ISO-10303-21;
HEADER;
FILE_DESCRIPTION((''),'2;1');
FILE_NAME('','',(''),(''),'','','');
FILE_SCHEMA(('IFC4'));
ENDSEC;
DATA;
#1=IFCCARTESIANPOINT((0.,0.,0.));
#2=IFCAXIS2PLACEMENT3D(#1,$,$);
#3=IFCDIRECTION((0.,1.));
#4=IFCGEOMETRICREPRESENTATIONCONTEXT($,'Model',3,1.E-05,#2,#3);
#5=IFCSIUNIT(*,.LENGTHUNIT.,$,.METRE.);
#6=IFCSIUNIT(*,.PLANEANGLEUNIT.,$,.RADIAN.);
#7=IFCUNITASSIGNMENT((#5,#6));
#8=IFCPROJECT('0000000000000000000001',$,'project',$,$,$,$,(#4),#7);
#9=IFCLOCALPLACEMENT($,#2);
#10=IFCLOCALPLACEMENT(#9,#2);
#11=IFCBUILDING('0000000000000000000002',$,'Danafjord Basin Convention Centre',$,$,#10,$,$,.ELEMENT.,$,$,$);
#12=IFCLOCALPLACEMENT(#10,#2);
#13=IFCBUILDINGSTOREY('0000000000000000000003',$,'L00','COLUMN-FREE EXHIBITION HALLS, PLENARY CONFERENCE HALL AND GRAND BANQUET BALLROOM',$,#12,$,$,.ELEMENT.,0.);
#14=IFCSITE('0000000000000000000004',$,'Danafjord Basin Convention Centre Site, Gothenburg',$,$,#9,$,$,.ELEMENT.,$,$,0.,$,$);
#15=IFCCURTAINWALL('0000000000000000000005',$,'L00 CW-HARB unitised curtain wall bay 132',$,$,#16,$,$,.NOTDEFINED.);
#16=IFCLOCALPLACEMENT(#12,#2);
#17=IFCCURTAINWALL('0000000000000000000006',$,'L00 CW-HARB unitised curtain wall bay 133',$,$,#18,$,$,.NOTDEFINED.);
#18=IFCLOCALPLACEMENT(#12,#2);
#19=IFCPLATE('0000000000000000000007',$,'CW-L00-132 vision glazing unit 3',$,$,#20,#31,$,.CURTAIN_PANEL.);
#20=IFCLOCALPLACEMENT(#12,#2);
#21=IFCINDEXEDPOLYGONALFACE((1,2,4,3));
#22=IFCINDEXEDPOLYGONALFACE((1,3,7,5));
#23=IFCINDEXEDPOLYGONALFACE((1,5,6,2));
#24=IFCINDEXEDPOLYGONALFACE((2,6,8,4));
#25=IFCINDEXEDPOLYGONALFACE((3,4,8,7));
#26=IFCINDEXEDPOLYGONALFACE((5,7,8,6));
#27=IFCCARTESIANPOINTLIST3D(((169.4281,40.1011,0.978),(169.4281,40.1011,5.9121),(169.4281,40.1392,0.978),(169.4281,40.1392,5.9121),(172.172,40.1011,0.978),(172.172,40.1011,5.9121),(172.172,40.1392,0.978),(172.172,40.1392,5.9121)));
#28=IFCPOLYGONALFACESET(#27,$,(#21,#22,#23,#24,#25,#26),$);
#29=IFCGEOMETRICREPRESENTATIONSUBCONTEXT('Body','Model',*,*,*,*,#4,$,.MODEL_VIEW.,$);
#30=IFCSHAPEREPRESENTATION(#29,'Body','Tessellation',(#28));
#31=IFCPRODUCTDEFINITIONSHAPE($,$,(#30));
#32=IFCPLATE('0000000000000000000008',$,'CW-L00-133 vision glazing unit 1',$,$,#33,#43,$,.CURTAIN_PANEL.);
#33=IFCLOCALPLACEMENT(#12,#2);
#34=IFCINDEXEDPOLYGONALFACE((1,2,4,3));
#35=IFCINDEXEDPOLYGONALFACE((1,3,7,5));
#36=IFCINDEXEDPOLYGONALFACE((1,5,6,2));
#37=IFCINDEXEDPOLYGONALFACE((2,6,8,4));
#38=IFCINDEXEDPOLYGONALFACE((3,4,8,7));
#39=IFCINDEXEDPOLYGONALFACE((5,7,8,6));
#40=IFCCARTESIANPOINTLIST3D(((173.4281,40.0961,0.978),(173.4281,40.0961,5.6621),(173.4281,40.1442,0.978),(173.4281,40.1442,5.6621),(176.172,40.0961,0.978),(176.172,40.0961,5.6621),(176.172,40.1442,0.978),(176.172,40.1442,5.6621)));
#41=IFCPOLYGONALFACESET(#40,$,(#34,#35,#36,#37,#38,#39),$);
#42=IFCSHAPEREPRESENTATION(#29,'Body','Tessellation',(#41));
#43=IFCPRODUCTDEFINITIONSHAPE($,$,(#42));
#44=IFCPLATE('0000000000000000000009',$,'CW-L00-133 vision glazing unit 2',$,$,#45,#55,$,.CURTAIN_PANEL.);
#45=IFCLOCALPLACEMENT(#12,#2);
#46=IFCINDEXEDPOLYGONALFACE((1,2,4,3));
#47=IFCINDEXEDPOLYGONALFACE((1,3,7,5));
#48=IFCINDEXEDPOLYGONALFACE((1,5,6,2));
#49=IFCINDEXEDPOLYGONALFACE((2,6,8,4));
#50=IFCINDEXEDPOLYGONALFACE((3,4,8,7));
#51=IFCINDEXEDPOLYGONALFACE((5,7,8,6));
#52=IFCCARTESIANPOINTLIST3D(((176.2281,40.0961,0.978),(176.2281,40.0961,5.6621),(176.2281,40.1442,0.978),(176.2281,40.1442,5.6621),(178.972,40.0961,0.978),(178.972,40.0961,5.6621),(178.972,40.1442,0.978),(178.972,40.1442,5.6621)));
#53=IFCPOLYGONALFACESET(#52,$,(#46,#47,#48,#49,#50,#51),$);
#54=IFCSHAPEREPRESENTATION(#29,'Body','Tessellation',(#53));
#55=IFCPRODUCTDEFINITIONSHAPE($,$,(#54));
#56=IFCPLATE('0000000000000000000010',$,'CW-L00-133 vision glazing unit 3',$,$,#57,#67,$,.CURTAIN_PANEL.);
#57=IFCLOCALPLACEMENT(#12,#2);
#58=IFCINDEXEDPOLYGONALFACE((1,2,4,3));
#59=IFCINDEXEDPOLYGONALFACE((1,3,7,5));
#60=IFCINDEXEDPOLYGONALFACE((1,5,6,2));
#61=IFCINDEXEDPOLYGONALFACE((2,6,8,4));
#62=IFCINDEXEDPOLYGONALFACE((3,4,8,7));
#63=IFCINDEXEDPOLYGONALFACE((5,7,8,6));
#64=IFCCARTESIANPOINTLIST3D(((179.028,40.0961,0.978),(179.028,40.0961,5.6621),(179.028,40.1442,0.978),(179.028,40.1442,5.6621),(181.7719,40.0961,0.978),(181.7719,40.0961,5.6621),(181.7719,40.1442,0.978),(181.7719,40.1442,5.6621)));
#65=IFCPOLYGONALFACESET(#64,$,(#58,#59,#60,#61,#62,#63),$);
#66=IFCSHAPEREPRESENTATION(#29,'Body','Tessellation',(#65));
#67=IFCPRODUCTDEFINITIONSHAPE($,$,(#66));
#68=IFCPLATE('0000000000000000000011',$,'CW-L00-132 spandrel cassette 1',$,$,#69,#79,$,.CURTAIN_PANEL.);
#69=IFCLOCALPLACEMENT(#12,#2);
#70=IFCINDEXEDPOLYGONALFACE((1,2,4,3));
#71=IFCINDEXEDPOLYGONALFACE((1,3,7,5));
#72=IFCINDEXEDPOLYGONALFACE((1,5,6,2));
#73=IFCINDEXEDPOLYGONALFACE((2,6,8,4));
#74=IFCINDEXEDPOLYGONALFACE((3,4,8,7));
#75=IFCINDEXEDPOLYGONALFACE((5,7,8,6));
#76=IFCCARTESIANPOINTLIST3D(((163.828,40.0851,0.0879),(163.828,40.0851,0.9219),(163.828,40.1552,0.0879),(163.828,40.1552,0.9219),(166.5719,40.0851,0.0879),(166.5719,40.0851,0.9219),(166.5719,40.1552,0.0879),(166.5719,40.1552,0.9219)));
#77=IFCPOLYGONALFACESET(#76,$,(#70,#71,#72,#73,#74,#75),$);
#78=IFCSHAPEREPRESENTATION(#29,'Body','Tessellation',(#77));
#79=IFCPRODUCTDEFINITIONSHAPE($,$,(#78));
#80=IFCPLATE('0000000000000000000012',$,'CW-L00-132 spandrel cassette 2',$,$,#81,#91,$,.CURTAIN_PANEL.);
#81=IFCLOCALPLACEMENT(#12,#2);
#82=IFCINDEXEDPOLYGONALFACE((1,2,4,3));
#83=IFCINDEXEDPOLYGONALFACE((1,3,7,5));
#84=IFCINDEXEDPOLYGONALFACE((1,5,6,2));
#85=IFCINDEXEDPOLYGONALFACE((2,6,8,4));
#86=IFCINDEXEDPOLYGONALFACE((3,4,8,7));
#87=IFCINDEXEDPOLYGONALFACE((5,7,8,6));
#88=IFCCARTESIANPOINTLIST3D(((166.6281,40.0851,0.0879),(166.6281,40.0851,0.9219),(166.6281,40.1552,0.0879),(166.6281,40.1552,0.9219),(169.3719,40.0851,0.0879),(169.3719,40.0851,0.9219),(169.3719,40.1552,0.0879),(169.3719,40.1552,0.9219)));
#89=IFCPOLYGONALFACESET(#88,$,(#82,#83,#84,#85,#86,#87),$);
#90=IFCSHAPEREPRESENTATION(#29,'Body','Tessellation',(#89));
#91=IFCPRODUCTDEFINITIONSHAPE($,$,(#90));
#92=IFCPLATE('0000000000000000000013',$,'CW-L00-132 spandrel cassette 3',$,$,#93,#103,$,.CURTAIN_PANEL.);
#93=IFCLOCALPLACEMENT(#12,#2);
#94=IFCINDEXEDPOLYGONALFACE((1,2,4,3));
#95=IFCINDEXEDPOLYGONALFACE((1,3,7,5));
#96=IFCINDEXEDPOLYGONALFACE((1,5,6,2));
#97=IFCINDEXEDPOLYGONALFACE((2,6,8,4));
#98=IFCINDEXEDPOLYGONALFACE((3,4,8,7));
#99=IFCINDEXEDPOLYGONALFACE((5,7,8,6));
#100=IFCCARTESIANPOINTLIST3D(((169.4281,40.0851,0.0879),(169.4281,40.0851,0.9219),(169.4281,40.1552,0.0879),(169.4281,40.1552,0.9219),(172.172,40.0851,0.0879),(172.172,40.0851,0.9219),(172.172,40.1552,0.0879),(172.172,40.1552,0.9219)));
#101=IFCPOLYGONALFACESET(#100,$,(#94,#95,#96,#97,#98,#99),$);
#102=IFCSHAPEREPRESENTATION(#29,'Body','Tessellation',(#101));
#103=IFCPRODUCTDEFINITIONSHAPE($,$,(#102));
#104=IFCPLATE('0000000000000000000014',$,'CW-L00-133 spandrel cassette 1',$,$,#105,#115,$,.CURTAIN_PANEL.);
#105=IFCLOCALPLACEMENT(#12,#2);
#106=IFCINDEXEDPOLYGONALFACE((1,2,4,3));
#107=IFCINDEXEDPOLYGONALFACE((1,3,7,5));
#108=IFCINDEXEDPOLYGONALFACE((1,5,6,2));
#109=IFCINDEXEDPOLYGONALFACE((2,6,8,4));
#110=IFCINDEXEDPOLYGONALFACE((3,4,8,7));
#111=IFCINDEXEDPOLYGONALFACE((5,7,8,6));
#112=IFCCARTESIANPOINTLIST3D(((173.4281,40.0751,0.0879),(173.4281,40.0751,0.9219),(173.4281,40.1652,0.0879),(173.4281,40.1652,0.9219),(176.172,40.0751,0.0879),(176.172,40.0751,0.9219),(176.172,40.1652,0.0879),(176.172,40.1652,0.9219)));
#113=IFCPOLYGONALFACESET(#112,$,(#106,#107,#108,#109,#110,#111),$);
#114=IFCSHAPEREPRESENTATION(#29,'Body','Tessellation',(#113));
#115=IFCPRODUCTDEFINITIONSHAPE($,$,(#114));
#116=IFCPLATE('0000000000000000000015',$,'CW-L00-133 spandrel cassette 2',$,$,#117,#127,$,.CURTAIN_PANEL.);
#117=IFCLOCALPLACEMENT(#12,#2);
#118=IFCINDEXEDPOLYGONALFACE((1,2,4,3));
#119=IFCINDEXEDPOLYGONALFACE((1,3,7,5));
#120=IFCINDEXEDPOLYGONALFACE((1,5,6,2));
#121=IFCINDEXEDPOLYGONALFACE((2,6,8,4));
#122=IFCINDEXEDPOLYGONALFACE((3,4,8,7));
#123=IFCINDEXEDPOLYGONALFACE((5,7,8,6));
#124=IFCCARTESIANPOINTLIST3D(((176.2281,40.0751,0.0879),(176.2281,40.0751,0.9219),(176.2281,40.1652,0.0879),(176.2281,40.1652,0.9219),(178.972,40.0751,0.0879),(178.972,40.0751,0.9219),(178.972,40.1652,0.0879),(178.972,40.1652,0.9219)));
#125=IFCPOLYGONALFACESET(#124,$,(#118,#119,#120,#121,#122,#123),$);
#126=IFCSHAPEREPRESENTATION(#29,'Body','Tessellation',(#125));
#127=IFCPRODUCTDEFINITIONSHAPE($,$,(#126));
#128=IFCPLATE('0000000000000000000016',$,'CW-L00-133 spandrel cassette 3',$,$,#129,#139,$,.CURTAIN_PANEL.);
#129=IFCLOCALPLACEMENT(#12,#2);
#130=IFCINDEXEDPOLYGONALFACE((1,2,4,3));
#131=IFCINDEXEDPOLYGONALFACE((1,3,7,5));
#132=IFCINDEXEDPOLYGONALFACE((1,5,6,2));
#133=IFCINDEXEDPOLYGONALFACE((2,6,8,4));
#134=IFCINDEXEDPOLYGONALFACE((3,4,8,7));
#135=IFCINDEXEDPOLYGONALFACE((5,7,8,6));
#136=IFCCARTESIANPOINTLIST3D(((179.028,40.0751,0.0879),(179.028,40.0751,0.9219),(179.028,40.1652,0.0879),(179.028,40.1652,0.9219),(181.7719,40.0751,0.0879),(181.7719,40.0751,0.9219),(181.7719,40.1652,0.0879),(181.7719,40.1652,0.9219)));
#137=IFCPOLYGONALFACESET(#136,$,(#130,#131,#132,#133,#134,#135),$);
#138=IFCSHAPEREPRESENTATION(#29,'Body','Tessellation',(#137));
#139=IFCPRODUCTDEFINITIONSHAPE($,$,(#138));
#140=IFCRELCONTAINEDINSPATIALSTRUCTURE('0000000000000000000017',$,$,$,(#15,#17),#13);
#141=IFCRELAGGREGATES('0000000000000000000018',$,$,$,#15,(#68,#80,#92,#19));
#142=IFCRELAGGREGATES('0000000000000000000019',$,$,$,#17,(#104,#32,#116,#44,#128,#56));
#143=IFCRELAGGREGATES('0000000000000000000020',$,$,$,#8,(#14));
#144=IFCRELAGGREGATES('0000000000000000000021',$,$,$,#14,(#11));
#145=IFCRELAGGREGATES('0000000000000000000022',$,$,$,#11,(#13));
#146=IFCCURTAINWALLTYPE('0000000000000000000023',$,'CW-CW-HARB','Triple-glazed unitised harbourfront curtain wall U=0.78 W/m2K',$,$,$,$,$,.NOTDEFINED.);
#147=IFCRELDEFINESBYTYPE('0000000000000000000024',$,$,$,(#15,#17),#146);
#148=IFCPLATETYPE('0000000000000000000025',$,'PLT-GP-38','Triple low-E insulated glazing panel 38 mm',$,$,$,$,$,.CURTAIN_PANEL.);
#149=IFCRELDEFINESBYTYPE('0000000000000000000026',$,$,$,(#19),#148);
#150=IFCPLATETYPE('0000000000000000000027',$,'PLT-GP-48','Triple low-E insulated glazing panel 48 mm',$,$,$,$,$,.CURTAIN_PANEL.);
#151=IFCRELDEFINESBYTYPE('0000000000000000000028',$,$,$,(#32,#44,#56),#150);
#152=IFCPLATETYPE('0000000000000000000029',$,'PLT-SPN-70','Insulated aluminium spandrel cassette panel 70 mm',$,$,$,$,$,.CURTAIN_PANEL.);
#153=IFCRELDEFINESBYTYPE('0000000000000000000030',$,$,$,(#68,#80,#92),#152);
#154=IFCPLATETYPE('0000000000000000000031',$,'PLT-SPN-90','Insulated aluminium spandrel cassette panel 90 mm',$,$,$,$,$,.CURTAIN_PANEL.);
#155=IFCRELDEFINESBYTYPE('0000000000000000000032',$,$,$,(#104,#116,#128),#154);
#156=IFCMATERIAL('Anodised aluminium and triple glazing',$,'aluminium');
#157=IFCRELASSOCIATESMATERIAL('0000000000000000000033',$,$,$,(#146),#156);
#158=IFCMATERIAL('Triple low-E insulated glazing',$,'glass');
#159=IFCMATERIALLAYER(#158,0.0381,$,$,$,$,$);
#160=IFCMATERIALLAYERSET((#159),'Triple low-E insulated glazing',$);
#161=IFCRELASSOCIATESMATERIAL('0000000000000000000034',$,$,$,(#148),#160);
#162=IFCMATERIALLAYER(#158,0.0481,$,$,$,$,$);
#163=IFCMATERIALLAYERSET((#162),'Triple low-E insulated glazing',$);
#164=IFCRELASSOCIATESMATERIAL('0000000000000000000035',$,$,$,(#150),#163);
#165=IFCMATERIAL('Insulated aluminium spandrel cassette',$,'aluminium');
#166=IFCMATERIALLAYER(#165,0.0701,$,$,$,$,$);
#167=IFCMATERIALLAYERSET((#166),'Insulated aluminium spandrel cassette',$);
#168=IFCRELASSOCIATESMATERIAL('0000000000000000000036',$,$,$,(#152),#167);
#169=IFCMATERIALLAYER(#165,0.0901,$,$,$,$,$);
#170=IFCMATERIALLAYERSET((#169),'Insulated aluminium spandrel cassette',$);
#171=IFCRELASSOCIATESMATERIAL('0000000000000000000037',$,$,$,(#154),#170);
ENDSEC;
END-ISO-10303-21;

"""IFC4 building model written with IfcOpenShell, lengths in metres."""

from ifc_helpers import new_model, si_unit, direction, frame, origin, origin_2d, place, context, subcontext, project, spatial, rectangle, extrude, material, layer, layer_set, type_object, element, aggregate, save


model = new_model("IFC4")

# Units and contexts
model_context = context("Model", 3, precision=1e-05, world=origin(), true_north=direction((0.0, 1.0)))
body_context = subcontext(model_context, "Body", "Model", "MODEL_VIEW")
ifc_project = project(units=[si_unit("LENGTHUNIT", "METRE"), si_unit("PLANEANGLEUNIT", "RADIAN")], contexts=[model_context])

# Site, building, storey
site_placement = place(None, origin())
site = spatial("IfcSite", under=ifc_project, at=site_placement, Name="Danafjord Basin Convention Centre Site, Gothenburg", CompositionType="ELEMENT", RefElevation=0.0)
building_placement = place(site_placement, origin())
building = spatial("IfcBuilding", under=site, at=building_placement, Name="Danafjord Basin Convention Centre", CompositionType="ELEMENT")
storey_placement = place(building_placement, origin())
storey = spatial("IfcBuildingStorey", under=building, at=storey_placement, Name="L00", Description="COLUMN-FREE EXHIBITION HALLS, PLENARY CONFERENCE HALL AND GRAND BANQUET BALLROOM", CompositionType="ELEMENT", Elevation=0.0)

# Curtain walls
ifc_material_1 = material(Name="Anodised aluminium and triple glazing", Category="aluminium")
curtain_wall_type = type_object("IfcCurtainWallType", Name="CW-CW-HARB", Description="Triple-glazed unitised harbourfront curtain wall U=0.78 W/m2K", PredefinedType="NOTDEFINED", material=ifc_material_1)
curtain_wall_1_placement = place(storey_placement, origin())
curtain_wall_1 = element("IfcCurtainWall", 1, at=curtain_wall_1_placement, inside=storey, type_object=curtain_wall_type, Name="L00 CW-HARB unitised curtain wall bay 132", PredefinedType="NOTDEFINED")
curtain_wall_2_placement = place(storey_placement, origin())
curtain_wall_2 = element("IfcCurtainWall", 2, at=curtain_wall_2_placement, inside=storey, type_object=curtain_wall_type, Name="L00 CW-HARB unitised curtain wall bay 133", PredefinedType="NOTDEFINED")

# Plates
ifc_material_2 = material(Name="Triple low-E insulated glazing", Category="glass")
ifc_layer_1 = layer(ifc_material_2, 0.0381)
ifc_layer_set_1 = layer_set([ifc_layer_1], Name="Triple low-E insulated glazing")
plate_type_1 = type_object("IfcPlateType", Name="PLT-GP-38", Description="Triple low-E insulated glazing panel 38 mm", PredefinedType="CURTAIN_PANEL", material=ifc_layer_set_1)
plate_1_placement = place(storey_placement, frame((170.8, 40.1201, 0.978), z_axis=(0.0, 0.0, 1.0), x_axis=(1.0, 0.0, 0.0)))
plate_1 = element("IfcPlate", 3, at=plate_1_placement, type_object=plate_type_1, Name="CW-L00-132 vision glazing unit 3", PredefinedType="CURTAIN_PANEL", context=body_context, shape_type="SweptSolid", body=[
    extrude(rectangle(XDim=2.7439, YDim=0.0381, at=origin_2d()), origin(), (0.0, 0.0, 1.0), 4.9341),
])
ifc_layer_2 = layer(ifc_material_2, 0.0481)
ifc_layer_set_2 = layer_set([ifc_layer_2], Name="Triple low-E insulated glazing")
plate_type_2 = type_object("IfcPlateType", Name="PLT-GP-48", Description="Triple low-E insulated glazing panel 48 mm", PredefinedType="CURTAIN_PANEL", material=ifc_layer_set_2)
plate_2_placement = place(storey_placement, frame((174.8, 40.1201, 0.978), z_axis=(0.0, 0.0, 1.0), x_axis=(1.0, 0.0, 0.0)))
plate_2 = element("IfcPlate", 4, at=plate_2_placement, type_object=plate_type_2, Name="CW-L00-133 vision glazing unit 1", PredefinedType="CURTAIN_PANEL", context=body_context, shape_type="SweptSolid", body=[
    extrude(rectangle(XDim=2.7439, YDim=0.0481, at=origin_2d()), origin(), (0.0, 0.0, 1.0), 4.6841),
])
plate_3_placement = place(storey_placement, frame((177.6001, 40.1201, 0.978), z_axis=(0.0, 0.0, 1.0), x_axis=(1.0, 0.0, 0.0)))
plate_3 = element("IfcPlate", 5, at=plate_3_placement, type_object=plate_type_2, Name="CW-L00-133 vision glazing unit 2", PredefinedType="CURTAIN_PANEL", context=body_context, shape_type="SweptSolid", body=[
    extrude(rectangle(XDim=2.7439, YDim=0.0481, at=origin_2d()), origin(), (0.0, 0.0, 1.0), 4.6841),
])
plate_4_placement = place(storey_placement, frame((180.3999, 40.1201, 0.978), z_axis=(0.0, 0.0, 1.0), x_axis=(1.0, 0.0, 0.0)))
plate_4 = element("IfcPlate", 6, at=plate_4_placement, type_object=plate_type_2, Name="CW-L00-133 vision glazing unit 3", PredefinedType="CURTAIN_PANEL", context=body_context, shape_type="SweptSolid", body=[
    extrude(rectangle(XDim=2.7439, YDim=0.0481, at=origin_2d()), origin(), (0.0, 0.0, 1.0), 4.6841),
])
ifc_material_3 = material(Name="Insulated aluminium spandrel cassette", Category="aluminium")
ifc_layer_3 = layer(ifc_material_3, 0.0701)
ifc_layer_set_3 = layer_set([ifc_layer_3], Name="Insulated aluminium spandrel cassette")
plate_type_3 = type_object("IfcPlateType", Name="PLT-SPN-70", Description="Insulated aluminium spandrel cassette panel 70 mm", PredefinedType="CURTAIN_PANEL", material=ifc_layer_set_3)
plate_5_placement = place(storey_placement, frame((165.2, 40.1201, 0.0879), z_axis=(0.0, 0.0, 1.0), x_axis=(1.0, 0.0, 0.0)))
plate_5 = element("IfcPlate", 7, at=plate_5_placement, type_object=plate_type_3, Name="CW-L00-132 spandrel cassette 1", PredefinedType="CURTAIN_PANEL", context=body_context, shape_type="SweptSolid", body=[
    extrude(rectangle(XDim=2.7439, YDim=0.0701, at=origin_2d()), origin(), (0.0, 0.0, 1.0), 0.834),
])
plate_6_placement = place(storey_placement, frame((168.0, 40.1201, 0.0879), z_axis=(0.0, 0.0, 1.0), x_axis=(1.0, 0.0, 0.0)))
plate_6 = element("IfcPlate", 8, at=plate_6_placement, type_object=plate_type_3, Name="CW-L00-132 spandrel cassette 2", PredefinedType="CURTAIN_PANEL", context=body_context, shape_type="SweptSolid", body=[
    extrude(rectangle(XDim=2.7439, YDim=0.0701, at=origin_2d()), origin(), (0.0, 0.0, 1.0), 0.834),
])
plate_7_placement = place(storey_placement, frame((170.8, 40.1201, 0.0879), z_axis=(0.0, 0.0, 1.0), x_axis=(1.0, 0.0, 0.0)))
plate_7 = element("IfcPlate", 9, at=plate_7_placement, type_object=plate_type_3, Name="CW-L00-132 spandrel cassette 3", PredefinedType="CURTAIN_PANEL", context=body_context, shape_type="SweptSolid", body=[
    extrude(rectangle(XDim=2.7439, YDim=0.0701, at=origin_2d()), origin(), (0.0, 0.0, 1.0), 0.834),
])
aggregate(curtain_wall_1, [plate_5, plate_6, plate_7, plate_1])
ifc_layer_4 = layer(ifc_material_3, 0.0901)
ifc_layer_set_4 = layer_set([ifc_layer_4], Name="Insulated aluminium spandrel cassette")
plate_type_4 = type_object("IfcPlateType", Name="PLT-SPN-90", Description="Insulated aluminium spandrel cassette panel 90 mm", PredefinedType="CURTAIN_PANEL", material=ifc_layer_set_4)
plate_8_placement = place(storey_placement, frame((174.8, 40.1201, 0.0879), z_axis=(0.0, 0.0, 1.0), x_axis=(1.0, 0.0, 0.0)))
plate_8 = element("IfcPlate", 10, at=plate_8_placement, type_object=plate_type_4, Name="CW-L00-133 spandrel cassette 1", PredefinedType="CURTAIN_PANEL", context=body_context, shape_type="SweptSolid", body=[
    extrude(rectangle(XDim=2.7439, YDim=0.0901, at=origin_2d()), origin(), (0.0, 0.0, 1.0), 0.834),
])
plate_9_placement = place(storey_placement, frame((177.6001, 40.1201, 0.0879), z_axis=(0.0, 0.0, 1.0), x_axis=(1.0, 0.0, 0.0)))
plate_9 = element("IfcPlate", 11, at=plate_9_placement, type_object=plate_type_4, Name="CW-L00-133 spandrel cassette 2", PredefinedType="CURTAIN_PANEL", context=body_context, shape_type="SweptSolid", body=[
    extrude(rectangle(XDim=2.7439, YDim=0.0901, at=origin_2d()), origin(), (0.0, 0.0, 1.0), 0.834),
])
plate_10_placement = place(storey_placement, frame((180.3999, 40.1201, 0.0879), z_axis=(0.0, 0.0, 1.0), x_axis=(1.0, 0.0, 0.0)))
plate_10 = element("IfcPlate", 12, at=plate_10_placement, type_object=plate_type_4, Name="CW-L00-133 spandrel cassette 3", PredefinedType="CURTAIN_PANEL", context=body_context, shape_type="SweptSolid", body=[
    extrude(rectangle(XDim=2.7439, YDim=0.0901, at=origin_2d()), origin(), (0.0, 0.0, 1.0), 0.834),
])
aggregate(curtain_wall_2, [plate_8, plate_2, plate_9, plate_3, plate_10, plate_4])

save(model, "model.ifc")
